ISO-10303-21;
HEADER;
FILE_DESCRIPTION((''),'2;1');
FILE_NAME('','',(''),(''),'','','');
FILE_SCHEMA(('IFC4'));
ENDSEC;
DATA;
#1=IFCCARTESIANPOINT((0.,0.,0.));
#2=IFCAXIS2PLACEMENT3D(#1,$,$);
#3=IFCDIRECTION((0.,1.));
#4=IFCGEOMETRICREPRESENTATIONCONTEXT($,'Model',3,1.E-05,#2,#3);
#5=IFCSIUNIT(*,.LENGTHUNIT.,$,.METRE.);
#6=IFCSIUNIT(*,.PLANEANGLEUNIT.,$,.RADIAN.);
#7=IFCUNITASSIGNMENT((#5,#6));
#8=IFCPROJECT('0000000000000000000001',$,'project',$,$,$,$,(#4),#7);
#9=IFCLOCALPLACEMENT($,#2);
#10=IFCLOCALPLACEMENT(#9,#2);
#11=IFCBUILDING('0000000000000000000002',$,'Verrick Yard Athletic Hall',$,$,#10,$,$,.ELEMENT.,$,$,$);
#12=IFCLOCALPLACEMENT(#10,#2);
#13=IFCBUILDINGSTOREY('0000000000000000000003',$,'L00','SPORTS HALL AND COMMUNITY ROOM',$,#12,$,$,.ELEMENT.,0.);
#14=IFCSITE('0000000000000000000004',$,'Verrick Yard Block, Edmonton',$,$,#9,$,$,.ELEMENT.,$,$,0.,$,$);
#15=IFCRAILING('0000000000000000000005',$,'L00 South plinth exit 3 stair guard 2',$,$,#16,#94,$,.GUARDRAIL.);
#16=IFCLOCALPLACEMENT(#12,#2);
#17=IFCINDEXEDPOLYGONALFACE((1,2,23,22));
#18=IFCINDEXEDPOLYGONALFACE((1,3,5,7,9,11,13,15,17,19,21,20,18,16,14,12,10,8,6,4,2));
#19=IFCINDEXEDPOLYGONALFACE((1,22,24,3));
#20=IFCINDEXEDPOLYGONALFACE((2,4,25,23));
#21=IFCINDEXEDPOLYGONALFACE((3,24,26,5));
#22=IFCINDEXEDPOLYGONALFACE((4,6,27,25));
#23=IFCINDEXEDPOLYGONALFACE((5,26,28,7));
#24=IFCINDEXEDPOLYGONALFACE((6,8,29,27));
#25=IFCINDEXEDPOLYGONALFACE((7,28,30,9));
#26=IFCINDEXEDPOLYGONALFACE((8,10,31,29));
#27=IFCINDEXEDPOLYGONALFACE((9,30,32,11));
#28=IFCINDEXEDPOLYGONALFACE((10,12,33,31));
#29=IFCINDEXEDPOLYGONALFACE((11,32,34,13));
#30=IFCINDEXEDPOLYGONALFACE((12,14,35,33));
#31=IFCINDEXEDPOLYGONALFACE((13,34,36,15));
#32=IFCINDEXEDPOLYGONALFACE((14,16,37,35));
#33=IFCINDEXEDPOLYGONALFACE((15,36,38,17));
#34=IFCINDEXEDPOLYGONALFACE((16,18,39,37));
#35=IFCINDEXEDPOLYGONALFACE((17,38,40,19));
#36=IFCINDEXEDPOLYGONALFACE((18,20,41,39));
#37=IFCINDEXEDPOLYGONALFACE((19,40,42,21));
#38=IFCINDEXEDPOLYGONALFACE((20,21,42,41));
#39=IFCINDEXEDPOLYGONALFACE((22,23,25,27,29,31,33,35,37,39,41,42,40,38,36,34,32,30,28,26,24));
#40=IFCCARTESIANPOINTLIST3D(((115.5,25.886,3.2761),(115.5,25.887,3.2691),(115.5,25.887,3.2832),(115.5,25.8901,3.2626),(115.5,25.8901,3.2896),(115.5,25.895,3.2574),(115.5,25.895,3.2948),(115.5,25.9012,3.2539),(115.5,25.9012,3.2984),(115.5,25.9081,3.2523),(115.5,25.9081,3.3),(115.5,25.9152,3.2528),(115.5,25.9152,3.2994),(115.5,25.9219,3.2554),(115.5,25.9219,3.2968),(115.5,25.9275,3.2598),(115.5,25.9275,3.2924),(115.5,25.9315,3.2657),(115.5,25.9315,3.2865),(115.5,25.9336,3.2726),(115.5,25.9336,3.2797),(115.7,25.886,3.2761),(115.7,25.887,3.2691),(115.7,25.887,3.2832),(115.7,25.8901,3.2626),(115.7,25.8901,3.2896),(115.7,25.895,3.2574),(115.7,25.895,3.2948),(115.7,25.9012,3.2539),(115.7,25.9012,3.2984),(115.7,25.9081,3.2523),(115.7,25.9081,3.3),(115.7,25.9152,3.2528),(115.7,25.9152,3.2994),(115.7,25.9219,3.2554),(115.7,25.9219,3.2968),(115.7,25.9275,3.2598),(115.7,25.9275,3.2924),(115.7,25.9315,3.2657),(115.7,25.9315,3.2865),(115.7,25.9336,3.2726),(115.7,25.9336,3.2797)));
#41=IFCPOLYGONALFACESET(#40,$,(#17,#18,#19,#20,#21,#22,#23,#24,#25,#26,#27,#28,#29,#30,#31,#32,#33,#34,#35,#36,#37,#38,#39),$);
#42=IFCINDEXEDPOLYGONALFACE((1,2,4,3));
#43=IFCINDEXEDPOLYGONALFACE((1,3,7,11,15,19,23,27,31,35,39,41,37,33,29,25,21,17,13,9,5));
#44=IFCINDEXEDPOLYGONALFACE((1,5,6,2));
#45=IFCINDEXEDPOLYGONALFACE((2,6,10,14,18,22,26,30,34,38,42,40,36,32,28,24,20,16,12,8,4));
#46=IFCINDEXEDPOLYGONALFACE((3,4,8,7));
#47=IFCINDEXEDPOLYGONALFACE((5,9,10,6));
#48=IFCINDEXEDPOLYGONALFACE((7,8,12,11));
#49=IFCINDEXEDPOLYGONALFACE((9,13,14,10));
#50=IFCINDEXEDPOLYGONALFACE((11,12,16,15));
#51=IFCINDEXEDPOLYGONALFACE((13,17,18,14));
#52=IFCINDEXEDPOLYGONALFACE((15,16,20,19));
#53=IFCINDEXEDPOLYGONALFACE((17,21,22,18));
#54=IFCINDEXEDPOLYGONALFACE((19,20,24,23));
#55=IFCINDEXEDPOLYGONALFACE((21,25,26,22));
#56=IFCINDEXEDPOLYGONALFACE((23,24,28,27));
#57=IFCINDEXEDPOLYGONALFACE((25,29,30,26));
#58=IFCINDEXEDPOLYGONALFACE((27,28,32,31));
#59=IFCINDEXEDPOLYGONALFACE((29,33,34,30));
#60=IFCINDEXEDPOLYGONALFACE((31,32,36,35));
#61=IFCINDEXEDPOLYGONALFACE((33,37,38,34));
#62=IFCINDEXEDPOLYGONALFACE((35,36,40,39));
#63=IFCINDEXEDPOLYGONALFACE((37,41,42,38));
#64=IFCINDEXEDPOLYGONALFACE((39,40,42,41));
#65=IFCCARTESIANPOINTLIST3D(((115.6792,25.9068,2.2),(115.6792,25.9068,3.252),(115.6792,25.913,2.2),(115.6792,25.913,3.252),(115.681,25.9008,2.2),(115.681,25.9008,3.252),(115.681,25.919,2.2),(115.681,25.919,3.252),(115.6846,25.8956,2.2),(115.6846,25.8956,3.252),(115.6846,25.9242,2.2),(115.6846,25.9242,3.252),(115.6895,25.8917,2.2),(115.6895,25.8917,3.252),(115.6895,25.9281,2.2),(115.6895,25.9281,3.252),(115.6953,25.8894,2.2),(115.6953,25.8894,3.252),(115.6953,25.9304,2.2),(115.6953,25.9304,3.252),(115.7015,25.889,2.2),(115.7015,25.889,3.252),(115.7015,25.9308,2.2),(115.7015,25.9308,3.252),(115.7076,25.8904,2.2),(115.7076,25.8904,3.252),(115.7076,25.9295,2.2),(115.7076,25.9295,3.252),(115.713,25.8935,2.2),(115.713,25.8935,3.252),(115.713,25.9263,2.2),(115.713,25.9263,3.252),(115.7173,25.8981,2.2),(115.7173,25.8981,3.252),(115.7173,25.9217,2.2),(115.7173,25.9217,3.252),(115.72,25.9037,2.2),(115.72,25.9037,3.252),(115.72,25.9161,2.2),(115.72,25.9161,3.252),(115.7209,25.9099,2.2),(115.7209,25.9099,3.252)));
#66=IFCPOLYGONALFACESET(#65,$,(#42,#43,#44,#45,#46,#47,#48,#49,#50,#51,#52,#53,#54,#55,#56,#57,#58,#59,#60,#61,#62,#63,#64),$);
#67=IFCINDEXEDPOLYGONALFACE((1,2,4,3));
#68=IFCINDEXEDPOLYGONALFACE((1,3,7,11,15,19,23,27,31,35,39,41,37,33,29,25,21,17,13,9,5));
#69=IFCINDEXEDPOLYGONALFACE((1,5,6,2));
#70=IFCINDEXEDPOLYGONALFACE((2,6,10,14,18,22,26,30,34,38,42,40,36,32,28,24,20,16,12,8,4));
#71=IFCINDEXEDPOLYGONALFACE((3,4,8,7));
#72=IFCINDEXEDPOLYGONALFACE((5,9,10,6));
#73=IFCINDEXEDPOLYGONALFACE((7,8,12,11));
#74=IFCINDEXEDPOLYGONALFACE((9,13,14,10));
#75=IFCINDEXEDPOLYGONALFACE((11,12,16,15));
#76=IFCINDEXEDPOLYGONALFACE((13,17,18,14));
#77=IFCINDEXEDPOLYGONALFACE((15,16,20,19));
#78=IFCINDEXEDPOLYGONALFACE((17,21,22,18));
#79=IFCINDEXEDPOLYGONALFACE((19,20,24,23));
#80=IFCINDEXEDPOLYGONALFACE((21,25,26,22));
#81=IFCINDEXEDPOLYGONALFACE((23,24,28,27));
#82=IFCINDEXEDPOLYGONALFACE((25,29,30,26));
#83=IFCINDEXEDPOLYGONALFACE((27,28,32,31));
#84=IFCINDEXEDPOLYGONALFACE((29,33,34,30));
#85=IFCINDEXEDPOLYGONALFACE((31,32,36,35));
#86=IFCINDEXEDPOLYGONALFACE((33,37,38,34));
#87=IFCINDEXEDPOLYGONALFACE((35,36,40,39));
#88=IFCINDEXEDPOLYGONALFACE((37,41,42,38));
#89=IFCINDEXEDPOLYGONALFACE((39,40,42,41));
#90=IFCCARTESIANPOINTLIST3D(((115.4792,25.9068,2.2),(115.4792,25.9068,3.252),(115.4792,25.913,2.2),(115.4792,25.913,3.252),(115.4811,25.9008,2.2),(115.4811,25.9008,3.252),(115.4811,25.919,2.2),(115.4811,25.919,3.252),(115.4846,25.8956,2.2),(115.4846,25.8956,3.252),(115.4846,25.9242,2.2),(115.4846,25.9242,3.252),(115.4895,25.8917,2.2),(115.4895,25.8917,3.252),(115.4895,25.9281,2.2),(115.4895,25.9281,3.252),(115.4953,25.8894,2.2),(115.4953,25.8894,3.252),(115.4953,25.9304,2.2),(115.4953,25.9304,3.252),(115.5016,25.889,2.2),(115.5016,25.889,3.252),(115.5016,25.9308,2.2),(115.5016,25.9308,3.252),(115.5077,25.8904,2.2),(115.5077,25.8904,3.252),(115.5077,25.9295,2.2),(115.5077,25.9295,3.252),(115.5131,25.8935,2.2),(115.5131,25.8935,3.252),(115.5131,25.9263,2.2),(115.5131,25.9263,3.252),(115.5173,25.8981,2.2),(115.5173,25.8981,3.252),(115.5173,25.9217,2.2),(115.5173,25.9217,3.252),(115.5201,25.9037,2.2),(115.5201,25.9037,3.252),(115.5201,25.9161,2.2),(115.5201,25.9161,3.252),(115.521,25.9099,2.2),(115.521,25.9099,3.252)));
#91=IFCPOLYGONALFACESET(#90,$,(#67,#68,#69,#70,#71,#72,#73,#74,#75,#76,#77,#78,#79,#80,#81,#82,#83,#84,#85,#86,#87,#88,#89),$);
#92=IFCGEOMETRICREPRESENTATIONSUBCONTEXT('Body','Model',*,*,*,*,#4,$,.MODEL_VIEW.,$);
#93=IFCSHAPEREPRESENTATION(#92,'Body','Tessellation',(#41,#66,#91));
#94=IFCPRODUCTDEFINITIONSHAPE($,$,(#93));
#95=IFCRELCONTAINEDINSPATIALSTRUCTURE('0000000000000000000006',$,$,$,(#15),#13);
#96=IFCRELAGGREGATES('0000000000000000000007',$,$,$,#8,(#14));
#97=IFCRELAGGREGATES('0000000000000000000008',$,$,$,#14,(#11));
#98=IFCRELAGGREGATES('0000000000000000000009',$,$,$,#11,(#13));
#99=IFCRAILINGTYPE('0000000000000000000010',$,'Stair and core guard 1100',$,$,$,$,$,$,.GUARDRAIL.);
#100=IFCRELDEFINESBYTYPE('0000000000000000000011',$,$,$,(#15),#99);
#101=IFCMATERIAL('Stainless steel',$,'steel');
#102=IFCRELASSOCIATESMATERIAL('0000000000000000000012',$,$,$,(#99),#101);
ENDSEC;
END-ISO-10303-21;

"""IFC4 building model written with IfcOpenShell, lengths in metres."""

from ifc_helpers import new_model, si_unit, direction, frame, origin, origin_2d, place, context, subcontext, project, spatial, circle, extrude, material, type_object, element, save


model = new_model("IFC4")

# Units and contexts
model_context = context("Model", 3, precision=1e-05, world=origin(), true_north=direction((0.0, 1.0)))
body_context = subcontext(model_context, "Body", "Model", "MODEL_VIEW")
ifc_project = project(units=[si_unit("LENGTHUNIT", "METRE"), si_unit("PLANEANGLEUNIT", "RADIAN")], contexts=[model_context])

# Site, building, storey
site_placement = place(None, origin())
site = spatial("IfcSite", under=ifc_project, at=site_placement, Name="Verrick Yard Block, Edmonton", CompositionType="ELEMENT", RefElevation=0.0)
building_placement = place(site_placement, origin())
building = spatial("IfcBuilding", under=site, at=building_placement, Name="Verrick Yard Athletic Hall", CompositionType="ELEMENT")
storey_placement = place(building_placement, origin())
storey = spatial("IfcBuildingStorey", under=building, at=storey_placement, Name="L00", Description="SPORTS HALL AND COMMUNITY ROOM", CompositionType="ELEMENT", Elevation=0.0)

# Railing
ifc_material_1 = material(Name="Stainless steel", Category="steel")
railing_type_1 = type_object("IfcRailingType", Name="Stair and core guard 1100", PredefinedType="GUARDRAIL", material=ifc_material_1)
railing_1_placement = place(storey_placement, frame((115.7, 25.9099, 2.2)))
element("IfcRailing", 1, at=railing_1_placement, inside=storey, type_object=railing_type_1, Name="L00 South plinth exit 3 stair guard 2", PredefinedType="GUARDRAIL", context=body_context, shape_type="SweptSolid", body=[
    extrude(circle(Radius=0.0239, at=origin_2d()), frame((0.0, 0.0, 1.0762), z_axis=(-1.0, 0.0, 0.0), x_axis=(0.0, -1.0, 0.0)), (0.0, 0.0, 1.0), 0.2),
    extrude(circle(Radius=0.021, at=origin_2d()), origin(), (0.0, 0.0, 1.0), 1.052),
    extrude(circle(Radius=0.021, at=origin_2d()), frame((-0.2, 0.0, 0.0)), (0.0, 0.0, 1.0), 1.052),
])

save(model, "model.ifc")
